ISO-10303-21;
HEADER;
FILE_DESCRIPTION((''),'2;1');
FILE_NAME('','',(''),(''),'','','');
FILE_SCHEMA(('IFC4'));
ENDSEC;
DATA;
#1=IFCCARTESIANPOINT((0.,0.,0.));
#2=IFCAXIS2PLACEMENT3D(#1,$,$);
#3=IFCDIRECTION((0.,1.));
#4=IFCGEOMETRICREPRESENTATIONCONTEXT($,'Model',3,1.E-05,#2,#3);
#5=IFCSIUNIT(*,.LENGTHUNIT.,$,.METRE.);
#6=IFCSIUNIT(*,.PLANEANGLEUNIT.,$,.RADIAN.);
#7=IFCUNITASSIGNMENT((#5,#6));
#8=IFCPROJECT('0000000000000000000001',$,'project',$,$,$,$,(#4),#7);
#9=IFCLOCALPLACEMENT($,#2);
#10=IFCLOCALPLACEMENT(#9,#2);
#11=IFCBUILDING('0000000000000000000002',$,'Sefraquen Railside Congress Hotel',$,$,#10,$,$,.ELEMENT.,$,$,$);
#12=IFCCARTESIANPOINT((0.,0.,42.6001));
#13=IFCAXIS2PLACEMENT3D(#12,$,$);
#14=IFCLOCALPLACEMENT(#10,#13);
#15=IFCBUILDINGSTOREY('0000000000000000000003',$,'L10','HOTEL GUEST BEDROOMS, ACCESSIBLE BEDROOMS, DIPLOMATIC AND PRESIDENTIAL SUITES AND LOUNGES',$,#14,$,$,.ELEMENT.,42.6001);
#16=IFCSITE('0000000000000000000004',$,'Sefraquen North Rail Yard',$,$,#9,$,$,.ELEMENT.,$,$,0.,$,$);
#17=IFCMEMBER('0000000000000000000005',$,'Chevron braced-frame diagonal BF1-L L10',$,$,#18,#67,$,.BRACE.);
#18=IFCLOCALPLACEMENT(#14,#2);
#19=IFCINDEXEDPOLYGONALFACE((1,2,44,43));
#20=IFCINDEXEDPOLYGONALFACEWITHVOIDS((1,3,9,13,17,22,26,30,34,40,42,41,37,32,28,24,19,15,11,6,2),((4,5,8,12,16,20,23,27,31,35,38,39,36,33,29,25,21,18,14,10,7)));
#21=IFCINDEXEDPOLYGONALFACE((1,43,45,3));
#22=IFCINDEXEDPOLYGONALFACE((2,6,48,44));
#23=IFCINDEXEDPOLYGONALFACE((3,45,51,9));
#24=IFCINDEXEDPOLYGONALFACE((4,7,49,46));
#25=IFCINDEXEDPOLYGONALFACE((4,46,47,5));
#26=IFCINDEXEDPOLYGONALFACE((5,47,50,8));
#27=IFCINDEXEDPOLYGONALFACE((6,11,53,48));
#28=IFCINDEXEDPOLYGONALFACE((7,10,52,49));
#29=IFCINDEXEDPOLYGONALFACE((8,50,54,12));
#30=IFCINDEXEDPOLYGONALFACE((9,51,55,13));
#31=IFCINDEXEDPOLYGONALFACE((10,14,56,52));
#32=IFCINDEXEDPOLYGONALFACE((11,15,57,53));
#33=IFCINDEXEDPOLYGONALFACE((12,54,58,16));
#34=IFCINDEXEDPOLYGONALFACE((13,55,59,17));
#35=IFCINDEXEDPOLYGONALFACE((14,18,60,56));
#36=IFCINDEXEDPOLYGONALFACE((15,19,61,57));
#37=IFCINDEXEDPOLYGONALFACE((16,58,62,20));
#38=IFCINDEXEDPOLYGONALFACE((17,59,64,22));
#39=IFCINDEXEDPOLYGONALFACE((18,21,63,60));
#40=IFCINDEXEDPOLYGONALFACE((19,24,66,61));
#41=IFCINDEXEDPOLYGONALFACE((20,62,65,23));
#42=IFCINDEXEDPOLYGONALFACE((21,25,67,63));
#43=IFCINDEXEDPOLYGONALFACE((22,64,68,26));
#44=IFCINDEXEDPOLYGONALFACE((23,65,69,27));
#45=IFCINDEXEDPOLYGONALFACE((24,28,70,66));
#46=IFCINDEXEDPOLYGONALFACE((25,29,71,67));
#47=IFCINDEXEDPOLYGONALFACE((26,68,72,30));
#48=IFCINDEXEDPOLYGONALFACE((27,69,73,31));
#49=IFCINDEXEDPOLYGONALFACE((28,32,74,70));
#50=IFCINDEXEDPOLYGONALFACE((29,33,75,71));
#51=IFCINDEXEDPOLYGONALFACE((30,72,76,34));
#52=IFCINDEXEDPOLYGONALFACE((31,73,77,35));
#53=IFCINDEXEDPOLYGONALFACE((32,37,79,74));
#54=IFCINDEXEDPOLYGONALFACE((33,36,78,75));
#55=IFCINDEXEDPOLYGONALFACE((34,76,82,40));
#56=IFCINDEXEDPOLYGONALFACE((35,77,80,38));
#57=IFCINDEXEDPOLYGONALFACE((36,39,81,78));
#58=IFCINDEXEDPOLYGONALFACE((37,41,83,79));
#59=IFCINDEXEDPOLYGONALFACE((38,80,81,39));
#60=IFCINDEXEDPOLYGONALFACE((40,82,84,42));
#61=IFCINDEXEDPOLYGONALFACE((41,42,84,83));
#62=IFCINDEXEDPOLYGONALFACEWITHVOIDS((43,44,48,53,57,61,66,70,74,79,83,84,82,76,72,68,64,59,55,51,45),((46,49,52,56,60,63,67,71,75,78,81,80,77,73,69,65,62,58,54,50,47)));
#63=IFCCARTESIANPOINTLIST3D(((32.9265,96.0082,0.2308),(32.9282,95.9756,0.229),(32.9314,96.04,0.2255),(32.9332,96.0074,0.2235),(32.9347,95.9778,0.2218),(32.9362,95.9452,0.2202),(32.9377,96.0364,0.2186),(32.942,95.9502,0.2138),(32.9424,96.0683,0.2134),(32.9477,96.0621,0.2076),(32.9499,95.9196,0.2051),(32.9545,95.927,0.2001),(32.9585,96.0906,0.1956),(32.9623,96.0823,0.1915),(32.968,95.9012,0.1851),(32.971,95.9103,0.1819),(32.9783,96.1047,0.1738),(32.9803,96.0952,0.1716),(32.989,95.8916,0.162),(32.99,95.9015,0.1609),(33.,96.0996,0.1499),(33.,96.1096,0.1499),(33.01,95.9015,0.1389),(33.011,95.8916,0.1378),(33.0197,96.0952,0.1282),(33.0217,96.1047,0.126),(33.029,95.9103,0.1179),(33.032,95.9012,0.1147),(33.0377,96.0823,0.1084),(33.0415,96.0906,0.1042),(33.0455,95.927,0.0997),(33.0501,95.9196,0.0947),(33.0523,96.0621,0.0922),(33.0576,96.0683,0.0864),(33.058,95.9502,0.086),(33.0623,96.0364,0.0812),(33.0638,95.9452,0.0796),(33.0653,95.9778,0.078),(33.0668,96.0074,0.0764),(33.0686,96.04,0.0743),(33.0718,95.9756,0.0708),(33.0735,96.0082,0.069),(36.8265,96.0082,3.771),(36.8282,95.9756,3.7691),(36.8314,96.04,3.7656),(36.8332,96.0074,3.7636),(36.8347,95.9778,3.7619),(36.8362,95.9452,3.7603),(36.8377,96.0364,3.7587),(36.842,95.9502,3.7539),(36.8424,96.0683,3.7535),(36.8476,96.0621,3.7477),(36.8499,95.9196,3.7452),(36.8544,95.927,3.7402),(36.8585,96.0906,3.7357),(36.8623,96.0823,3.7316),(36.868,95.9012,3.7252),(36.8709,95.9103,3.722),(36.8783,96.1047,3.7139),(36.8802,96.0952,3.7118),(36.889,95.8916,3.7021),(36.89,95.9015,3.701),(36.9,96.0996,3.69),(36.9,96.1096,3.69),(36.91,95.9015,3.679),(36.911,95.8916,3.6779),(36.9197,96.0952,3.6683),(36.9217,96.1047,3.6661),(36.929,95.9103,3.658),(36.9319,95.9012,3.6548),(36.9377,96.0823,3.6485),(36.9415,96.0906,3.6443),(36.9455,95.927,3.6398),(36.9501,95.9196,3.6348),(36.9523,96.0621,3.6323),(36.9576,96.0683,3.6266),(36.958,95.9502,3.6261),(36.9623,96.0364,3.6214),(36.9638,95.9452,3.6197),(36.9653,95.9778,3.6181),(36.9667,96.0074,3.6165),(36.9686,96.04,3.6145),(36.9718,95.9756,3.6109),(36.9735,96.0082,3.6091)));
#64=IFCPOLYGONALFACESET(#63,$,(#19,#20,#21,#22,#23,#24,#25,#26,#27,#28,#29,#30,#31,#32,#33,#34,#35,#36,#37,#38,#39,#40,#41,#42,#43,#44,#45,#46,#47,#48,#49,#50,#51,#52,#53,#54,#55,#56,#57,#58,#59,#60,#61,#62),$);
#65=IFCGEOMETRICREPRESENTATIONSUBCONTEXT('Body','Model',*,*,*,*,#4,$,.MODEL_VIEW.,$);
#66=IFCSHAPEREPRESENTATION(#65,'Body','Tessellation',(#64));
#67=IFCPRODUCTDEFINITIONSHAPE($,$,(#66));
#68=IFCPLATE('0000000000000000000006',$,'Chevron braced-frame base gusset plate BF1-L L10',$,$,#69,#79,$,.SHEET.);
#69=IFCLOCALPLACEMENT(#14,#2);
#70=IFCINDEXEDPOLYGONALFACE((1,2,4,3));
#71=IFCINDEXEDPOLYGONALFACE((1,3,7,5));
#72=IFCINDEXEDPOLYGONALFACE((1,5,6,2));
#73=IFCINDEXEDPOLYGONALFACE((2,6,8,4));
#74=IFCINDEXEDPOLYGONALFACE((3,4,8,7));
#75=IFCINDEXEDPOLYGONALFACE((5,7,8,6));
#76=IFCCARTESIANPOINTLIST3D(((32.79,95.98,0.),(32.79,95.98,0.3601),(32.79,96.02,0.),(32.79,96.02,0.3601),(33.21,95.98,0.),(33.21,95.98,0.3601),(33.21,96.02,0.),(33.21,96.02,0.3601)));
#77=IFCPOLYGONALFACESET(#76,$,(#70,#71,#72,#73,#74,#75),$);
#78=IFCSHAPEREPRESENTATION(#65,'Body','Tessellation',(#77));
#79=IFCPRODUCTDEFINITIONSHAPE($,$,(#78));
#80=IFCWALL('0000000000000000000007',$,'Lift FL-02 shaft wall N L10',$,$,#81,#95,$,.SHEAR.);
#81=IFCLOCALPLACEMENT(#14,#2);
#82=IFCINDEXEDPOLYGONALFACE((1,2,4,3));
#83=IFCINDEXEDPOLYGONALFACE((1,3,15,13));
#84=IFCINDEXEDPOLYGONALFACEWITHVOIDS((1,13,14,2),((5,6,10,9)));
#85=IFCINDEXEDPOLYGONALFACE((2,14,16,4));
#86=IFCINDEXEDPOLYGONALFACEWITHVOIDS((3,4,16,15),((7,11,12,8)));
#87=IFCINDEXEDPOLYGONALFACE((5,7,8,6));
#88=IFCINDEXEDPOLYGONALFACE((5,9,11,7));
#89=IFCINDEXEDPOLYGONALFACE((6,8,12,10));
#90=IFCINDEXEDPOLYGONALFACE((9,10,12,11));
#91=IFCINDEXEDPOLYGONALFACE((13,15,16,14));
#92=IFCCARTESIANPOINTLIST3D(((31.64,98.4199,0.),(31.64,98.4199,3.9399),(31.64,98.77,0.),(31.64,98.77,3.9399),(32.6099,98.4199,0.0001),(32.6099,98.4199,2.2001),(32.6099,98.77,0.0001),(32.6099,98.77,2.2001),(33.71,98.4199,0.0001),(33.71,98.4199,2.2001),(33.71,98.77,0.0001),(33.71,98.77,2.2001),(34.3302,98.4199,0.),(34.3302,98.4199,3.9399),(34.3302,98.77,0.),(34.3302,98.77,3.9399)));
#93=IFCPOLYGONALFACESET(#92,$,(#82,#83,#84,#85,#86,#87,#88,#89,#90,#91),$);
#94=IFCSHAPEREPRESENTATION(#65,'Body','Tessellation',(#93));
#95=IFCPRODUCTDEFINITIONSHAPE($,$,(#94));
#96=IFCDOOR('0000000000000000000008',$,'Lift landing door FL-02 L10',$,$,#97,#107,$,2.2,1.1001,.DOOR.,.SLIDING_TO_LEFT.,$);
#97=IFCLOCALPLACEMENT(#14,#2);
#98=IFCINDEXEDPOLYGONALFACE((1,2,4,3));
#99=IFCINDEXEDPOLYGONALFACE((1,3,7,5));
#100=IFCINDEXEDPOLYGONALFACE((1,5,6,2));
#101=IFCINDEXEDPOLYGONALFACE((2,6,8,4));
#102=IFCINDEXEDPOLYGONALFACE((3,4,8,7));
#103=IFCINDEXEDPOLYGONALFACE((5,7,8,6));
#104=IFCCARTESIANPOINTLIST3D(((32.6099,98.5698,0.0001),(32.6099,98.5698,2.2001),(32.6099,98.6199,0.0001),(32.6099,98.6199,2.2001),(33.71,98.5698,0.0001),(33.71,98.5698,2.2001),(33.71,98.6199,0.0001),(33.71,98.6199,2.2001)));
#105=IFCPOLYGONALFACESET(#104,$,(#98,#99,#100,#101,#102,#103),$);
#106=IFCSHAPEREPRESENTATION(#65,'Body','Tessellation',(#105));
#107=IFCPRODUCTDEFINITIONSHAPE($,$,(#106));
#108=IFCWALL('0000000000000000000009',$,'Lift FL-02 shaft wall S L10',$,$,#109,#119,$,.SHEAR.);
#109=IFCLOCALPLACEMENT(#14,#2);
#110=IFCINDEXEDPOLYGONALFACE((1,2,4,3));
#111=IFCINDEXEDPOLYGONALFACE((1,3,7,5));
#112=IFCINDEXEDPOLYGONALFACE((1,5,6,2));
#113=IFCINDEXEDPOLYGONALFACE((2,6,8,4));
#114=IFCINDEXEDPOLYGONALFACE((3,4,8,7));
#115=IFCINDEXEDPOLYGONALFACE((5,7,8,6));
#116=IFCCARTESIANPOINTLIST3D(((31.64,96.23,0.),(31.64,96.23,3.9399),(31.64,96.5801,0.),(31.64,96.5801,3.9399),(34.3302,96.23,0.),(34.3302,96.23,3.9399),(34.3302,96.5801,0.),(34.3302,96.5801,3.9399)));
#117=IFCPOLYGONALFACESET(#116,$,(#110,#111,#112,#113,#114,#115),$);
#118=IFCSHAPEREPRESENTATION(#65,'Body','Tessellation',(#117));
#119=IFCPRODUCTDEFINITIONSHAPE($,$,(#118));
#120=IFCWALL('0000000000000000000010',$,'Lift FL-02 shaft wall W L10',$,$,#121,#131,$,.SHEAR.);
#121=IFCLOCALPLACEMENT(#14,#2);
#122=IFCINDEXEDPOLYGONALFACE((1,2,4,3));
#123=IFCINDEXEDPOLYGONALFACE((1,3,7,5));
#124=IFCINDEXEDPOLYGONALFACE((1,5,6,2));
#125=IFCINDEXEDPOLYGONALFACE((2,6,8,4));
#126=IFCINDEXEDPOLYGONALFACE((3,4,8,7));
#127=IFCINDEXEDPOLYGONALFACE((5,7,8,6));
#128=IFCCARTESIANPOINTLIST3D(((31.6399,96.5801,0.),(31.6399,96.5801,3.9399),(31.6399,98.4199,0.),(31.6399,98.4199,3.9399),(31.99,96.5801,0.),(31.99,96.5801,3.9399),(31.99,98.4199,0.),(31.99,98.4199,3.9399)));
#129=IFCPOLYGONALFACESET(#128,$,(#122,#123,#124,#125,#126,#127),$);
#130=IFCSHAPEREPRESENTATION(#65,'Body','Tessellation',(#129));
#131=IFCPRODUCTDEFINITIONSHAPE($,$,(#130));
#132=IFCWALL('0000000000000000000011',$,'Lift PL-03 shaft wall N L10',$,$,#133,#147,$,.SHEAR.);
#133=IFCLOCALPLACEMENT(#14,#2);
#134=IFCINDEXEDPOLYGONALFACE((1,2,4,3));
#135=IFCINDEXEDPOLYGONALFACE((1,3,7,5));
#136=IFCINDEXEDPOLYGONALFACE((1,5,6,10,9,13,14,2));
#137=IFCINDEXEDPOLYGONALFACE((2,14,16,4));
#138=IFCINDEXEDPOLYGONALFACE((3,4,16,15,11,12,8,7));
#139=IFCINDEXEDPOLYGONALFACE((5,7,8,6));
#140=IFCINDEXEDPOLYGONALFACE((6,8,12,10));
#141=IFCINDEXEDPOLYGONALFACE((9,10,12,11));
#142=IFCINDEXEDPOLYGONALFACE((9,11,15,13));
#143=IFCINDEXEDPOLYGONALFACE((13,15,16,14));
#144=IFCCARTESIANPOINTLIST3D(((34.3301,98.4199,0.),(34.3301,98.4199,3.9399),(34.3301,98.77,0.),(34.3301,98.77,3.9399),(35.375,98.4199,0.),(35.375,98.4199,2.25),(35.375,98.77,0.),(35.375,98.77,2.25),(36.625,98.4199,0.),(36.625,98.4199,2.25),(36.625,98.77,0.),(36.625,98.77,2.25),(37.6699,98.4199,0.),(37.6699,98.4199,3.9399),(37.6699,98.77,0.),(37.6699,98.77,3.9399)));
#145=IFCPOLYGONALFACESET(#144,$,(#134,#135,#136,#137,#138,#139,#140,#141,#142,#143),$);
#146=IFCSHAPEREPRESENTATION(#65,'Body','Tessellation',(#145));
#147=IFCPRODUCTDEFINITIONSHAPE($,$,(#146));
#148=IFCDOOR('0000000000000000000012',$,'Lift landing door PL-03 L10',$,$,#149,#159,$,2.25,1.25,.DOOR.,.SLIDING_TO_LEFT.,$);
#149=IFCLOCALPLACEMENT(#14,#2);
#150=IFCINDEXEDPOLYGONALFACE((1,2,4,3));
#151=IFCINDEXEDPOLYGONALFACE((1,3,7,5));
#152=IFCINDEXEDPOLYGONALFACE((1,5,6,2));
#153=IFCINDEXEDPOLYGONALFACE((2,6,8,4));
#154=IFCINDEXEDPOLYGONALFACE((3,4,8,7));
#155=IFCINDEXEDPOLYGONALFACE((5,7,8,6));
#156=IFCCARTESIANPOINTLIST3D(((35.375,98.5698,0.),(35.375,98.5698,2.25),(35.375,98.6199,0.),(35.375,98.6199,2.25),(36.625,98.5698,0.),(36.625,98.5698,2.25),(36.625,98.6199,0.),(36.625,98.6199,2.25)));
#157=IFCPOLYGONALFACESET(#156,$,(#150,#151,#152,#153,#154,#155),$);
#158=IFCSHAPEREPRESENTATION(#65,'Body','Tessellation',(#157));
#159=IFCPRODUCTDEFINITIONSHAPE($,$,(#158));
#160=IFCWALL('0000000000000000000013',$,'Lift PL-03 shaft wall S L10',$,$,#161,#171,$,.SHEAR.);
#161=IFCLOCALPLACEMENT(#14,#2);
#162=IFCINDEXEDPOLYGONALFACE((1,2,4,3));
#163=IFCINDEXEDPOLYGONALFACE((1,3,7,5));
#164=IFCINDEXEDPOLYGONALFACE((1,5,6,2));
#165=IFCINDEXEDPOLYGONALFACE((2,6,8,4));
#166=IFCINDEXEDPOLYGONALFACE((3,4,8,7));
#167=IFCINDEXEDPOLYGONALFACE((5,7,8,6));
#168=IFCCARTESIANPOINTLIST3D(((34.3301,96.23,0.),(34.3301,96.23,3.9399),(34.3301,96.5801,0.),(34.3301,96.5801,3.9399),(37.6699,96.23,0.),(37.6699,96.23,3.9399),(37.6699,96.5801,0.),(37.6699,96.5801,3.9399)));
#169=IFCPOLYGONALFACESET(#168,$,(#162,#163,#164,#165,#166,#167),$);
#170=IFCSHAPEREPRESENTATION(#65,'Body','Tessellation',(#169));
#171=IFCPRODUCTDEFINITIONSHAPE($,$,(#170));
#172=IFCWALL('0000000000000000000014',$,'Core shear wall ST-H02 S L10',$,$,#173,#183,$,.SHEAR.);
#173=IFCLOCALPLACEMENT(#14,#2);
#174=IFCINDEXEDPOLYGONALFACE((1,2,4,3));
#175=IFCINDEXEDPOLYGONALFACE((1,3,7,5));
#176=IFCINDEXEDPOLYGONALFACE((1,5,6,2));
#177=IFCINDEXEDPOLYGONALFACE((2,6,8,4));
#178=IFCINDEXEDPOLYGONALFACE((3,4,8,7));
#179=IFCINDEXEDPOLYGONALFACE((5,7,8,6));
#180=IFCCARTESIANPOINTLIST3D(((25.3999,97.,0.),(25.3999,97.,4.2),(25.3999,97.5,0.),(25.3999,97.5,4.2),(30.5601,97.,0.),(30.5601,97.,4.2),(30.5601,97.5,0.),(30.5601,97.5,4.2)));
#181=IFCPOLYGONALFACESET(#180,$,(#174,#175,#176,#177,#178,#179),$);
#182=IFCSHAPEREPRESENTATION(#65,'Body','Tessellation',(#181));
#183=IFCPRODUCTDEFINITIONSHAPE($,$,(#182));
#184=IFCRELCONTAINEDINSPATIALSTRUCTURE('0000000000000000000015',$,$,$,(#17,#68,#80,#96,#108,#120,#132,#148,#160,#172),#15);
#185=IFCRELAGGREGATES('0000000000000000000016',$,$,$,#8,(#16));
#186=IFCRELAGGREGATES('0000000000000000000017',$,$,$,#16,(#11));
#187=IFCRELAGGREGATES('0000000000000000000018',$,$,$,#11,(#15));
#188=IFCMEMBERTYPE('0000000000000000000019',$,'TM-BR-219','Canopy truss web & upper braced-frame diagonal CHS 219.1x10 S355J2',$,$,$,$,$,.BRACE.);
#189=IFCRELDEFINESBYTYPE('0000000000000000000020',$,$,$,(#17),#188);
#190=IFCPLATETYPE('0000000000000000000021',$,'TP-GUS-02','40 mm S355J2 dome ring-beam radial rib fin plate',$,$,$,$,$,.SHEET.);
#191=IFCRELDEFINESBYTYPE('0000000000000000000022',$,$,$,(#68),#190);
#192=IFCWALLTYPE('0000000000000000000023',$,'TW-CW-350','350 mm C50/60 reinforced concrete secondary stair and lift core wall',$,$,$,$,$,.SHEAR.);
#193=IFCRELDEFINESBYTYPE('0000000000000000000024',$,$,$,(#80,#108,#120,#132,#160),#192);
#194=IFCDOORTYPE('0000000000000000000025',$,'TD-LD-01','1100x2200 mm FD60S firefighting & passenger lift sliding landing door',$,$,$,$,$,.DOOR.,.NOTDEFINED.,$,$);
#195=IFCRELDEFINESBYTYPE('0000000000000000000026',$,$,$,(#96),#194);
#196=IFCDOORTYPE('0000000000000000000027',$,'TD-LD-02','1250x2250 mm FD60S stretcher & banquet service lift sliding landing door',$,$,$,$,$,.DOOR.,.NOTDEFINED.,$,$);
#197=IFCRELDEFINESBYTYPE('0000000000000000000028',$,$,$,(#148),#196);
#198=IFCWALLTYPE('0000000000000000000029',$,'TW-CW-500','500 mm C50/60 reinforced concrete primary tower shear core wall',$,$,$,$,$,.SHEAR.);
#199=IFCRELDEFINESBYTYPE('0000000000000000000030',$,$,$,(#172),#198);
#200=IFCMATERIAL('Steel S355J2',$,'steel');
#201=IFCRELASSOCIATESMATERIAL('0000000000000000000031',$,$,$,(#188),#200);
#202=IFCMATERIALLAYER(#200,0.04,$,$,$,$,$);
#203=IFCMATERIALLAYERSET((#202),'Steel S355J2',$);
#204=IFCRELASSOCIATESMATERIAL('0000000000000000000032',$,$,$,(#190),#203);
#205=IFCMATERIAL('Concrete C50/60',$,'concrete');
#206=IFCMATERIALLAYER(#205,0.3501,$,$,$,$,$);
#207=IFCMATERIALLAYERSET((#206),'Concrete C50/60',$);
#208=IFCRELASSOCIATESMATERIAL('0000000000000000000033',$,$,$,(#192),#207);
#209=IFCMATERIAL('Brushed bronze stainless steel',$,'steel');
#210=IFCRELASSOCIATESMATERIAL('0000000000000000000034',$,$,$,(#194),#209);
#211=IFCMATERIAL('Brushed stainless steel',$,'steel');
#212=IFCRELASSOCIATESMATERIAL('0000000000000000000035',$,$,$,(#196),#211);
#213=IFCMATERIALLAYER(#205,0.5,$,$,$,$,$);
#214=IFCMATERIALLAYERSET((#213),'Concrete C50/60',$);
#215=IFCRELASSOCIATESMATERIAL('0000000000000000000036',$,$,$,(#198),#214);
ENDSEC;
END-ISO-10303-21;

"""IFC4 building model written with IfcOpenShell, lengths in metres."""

from ifc_helpers import new_model, si_unit, direction, frame, frame_2d, origin, origin_2d, place, context, subcontext, project, spatial, rectangle, hollow_circle, extrude, material, layer, layer_set, material_profile, profile_set, type_object, element, fill, save


model = new_model("IFC4")

# Units and contexts
model_context = context("Model", 3, precision=1e-05, world=origin(), true_north=direction((0.0, 1.0)))
body_context = subcontext(model_context, "Body", "Model", "MODEL_VIEW")
ifc_project = project(units=[si_unit("LENGTHUNIT", "METRE"), si_unit("PLANEANGLEUNIT", "RADIAN")], contexts=[model_context])

# Site, building, storey
site_placement = place(None, origin())
site = spatial("IfcSite", under=ifc_project, at=site_placement, Name="Sefraquen North Rail Yard", CompositionType="ELEMENT", RefElevation=0.0)
building_placement = place(site_placement, origin())
building = spatial("IfcBuilding", under=site, at=building_placement, Name="Sefraquen Railside Congress Hotel", CompositionType="ELEMENT")
storey_placement = place(building_placement, frame((0.0, 0.0, 42.6001)))
storey = spatial("IfcBuildingStorey", under=building, at=storey_placement, Name="L10", Description="HOTEL GUEST BEDROOMS, ACCESSIBLE BEDROOMS, DIPLOMATIC AND PRESIDENTIAL SUITES AND LOUNGES", CompositionType="ELEMENT", Elevation=42.6001)

# Member
ifc_material_1 = material(Name="Steel S355J2", Category="steel")
ifc_material_profile_1 = material_profile(ifc_material_1, hollow_circle(Radius=0.1096, WallThickness=0.01, at=origin_2d()), Name="CHS 219.1x10")
ifc_profile_set_1 = profile_set([ifc_material_profile_1], Name="Steel S355J2")
member_type = type_object("IfcMemberType", Name="TM-BR-219", Description="Canopy truss web & upper braced-frame diagonal CHS 219.1x10 S355J2", PredefinedType="BRACE", material=ifc_profile_set_1)
member_placement = place(storey_placement, frame((33.0, 96.0, 0.1499), z_axis=(0.740443, 0.0, 0.672119), x_axis=(0.0, 1.0, 0.0)))
element("IfcMember", 1, at=member_placement, inside=storey, type_object=member_type, Name="Chevron braced-frame diagonal BF1-L L10", PredefinedType="BRACE", context=body_context, shape_type="SweptSolid", body=[
    extrude(hollow_circle(Radius=0.1096, WallThickness=0.01, at=origin_2d()), origin(), (0.0, 0.0, 1.0), 5.2671),
])

# Plate
ifc_layer_1 = layer(ifc_material_1, 0.04)
ifc_layer_set_1 = layer_set([ifc_layer_1], Name="Steel S355J2")
plate_type = type_object("IfcPlateType", Name="TP-GUS-02", Description="40 mm S355J2 dome ring-beam radial rib fin plate", PredefinedType="SHEET", material=ifc_layer_set_1)
plate_placement = place(storey_placement, frame((33.0, 96.0, 0.0), z_axis=(0.0, 0.0, 1.0), x_axis=(1.0, 0.0, 0.0)))
element("IfcPlate", 2, at=plate_placement, inside=storey, type_object=plate_type, Name="Chevron braced-frame base gusset plate BF1-L L10", PredefinedType="SHEET", context=body_context, shape_type="SweptSolid", body=[
    extrude(rectangle(XDim=0.4199, YDim=0.04, at=origin_2d()), origin(), (0.0, 0.0, 1.0), 0.3601),
])

# Wall, opening, door
ifc_material_2 = material(Name="Concrete C50/60", Category="concrete")
ifc_layer_2 = layer(ifc_material_2, 0.3501)
ifc_layer_set_2 = layer_set([ifc_layer_2], Name="Concrete C50/60")
wall_type_1 = type_object("IfcWallType", Name="TW-CW-350", Description="350 mm C50/60 reinforced concrete secondary stair and lift core wall", PredefinedType="SHEAR", material=ifc_layer_set_2)
wall_1_placement = place(storey_placement, frame((31.6399, 98.595, 0.0), z_axis=(0.0, 0.0, 1.0), x_axis=(1.0, 0.0, 0.0)))
wall_1 = element("IfcWall", 3, at=wall_1_placement, inside=storey, type_object=wall_type_1, Name="Lift FL-02 shaft wall N L10", PredefinedType="SHEAR", context=body_context, shape_type="SweptSolid", body=[
    extrude(rectangle(XDim=2.6902, YDim=0.3501, at=frame_2d((1.3452, 0.0))), origin(), (0.0, 0.0, 1.0), 3.9399),
])
opening_1_placement = place(wall_1_placement, frame((0.97, 0.0, 0.0)))
opening_1 = element("IfcOpeningElement", 4, at=opening_1_placement, cuts=wall_1, PredefinedType="OPENING", context=body_context, shape_type="SweptSolid", body=[
    extrude(rectangle(XDim=1.1001, YDim=2.2, at=frame_2d((0.55, 1.1001))), frame((0.0, 0.1851, 0.0), z_axis=(0.0, -1.0, 0.0), x_axis=(1.0, 0.0, 0.0)), (0.0, 0.0, 1.0), 0.3701),
])
ifc_material_3 = material(Name="Brushed bronze stainless steel", Category="steel")
door_type_1 = type_object("IfcDoorType", Name="TD-LD-01", Description="1100x2200 mm FD60S firefighting & passenger lift sliding landing door", OperationType="NOTDEFINED", PredefinedType="DOOR", material=ifc_material_3)
door_1_placement = place(opening_1_placement, origin())
door_1 = element("IfcDoor", 5, at=door_1_placement, inside=storey, type_object=door_type_1, Name="Lift landing door FL-02 L10", OperationType="SLIDING_TO_LEFT", OverallHeight=2.2, OverallWidth=1.1001, PredefinedType="DOOR", context=body_context, shape_type="SweptSolid", body=[
    extrude(rectangle(XDim=1.1001, YDim=2.2, at=frame_2d((0.55, 1.1001))), frame((0.0, 0.0249, 0.0), z_axis=(0.0, -1.0, 0.0), x_axis=(1.0, 0.0, 0.0)), (0.0, 0.0, 1.0), 0.05),
])
fill(opening_1, door_1)

# Walls
wall_2_placement = place(storey_placement, frame((31.6399, 96.405, 0.0), z_axis=(0.0, 0.0, 1.0), x_axis=(1.0, 0.0, 0.0)))
element("IfcWall", 6, at=wall_2_placement, inside=storey, type_object=wall_type_1, Name="Lift FL-02 shaft wall S L10", PredefinedType="SHEAR", context=body_context, shape_type="SweptSolid", body=[
    extrude(rectangle(XDim=2.6902, YDim=0.3501, at=frame_2d((1.3452, 0.0))), origin(), (0.0, 0.0, 1.0), 3.9399),
])
wall_3_placement = place(storey_placement, frame((31.8149, 96.5801, 0.0), z_axis=(0.0, 0.0, 1.0), x_axis=(0.0, 1.0, 0.0)))
element("IfcWall", 7, at=wall_3_placement, inside=storey, type_object=wall_type_1, Name="Lift FL-02 shaft wall W L10", PredefinedType="SHEAR", context=body_context, shape_type="SweptSolid", body=[
    extrude(rectangle(XDim=1.8398, YDim=0.3501, at=frame_2d((0.9199, 0.0))), origin(), (0.0, 0.0, 1.0), 3.9399),
])

# Wall, opening, door
wall_4_placement = place(storey_placement, frame((34.3301, 98.595, 0.0), z_axis=(0.0, 0.0, 1.0), x_axis=(1.0, 0.0, 0.0)))
wall_4 = element("IfcWall", 8, at=wall_4_placement, inside=storey, type_object=wall_type_1, Name="Lift PL-03 shaft wall N L10", PredefinedType="SHEAR", context=body_context, shape_type="SweptSolid", body=[
    extrude(rectangle(XDim=3.3398, YDim=0.3501, at=frame_2d((1.6699, 0.0))), origin(), (0.0, 0.0, 1.0), 3.9399),
])
opening_2_placement = place(wall_4_placement, frame((1.0449, 0.0, 0.0)))
opening_2 = element("IfcOpeningElement", 9, at=opening_2_placement, cuts=wall_4, PredefinedType="OPENING", context=body_context, shape_type="SweptSolid", body=[
    extrude(rectangle(XDim=1.25, YDim=2.25, at=frame_2d((0.625, 1.125))), frame((0.0, 0.1851, 0.0), z_axis=(0.0, -1.0, 0.0), x_axis=(1.0, 0.0, 0.0)), (0.0, 0.0, 1.0), 0.3701),
])
ifc_material_4 = material(Name="Brushed stainless steel", Category="steel")
door_type_2 = type_object("IfcDoorType", Name="TD-LD-02", Description="1250x2250 mm FD60S stretcher & banquet service lift sliding landing door", OperationType="NOTDEFINED", PredefinedType="DOOR", material=ifc_material_4)
door_2_placement = place(opening_2_placement, origin())
door_2 = element("IfcDoor", 10, at=door_2_placement, inside=storey, type_object=door_type_2, Name="Lift landing door PL-03 L10", OperationType="SLIDING_TO_LEFT", OverallHeight=2.25, OverallWidth=1.25, PredefinedType="DOOR", context=body_context, shape_type="SweptSolid", body=[
    extrude(rectangle(XDim=1.25, YDim=2.25, at=frame_2d((0.625, 1.125))), frame((0.0, 0.0249, 0.0), z_axis=(0.0, -1.0, 0.0), x_axis=(1.0, 0.0, 0.0)), (0.0, 0.0, 1.0), 0.05),
])
fill(opening_2, door_2)

# Walls
wall_5_placement = place(storey_placement, frame((34.3301, 96.405, 0.0), z_axis=(0.0, 0.0, 1.0), x_axis=(1.0, 0.0, 0.0)))
element("IfcWall", 11, at=wall_5_placement, inside=storey, type_object=wall_type_1, Name="Lift PL-03 shaft wall S L10", PredefinedType="SHEAR", context=body_context, shape_type="SweptSolid", body=[
    extrude(rectangle(XDim=3.3398, YDim=0.3501, at=frame_2d((1.6699, 0.0))), origin(), (0.0, 0.0, 1.0), 3.9399),
])
ifc_layer_3 = layer(ifc_material_2, 0.5)
ifc_layer_set_3 = layer_set([ifc_layer_3], Name="Concrete C50/60")
wall_type_2 = type_object("IfcWallType", Name="TW-CW-500", Description="500 mm C50/60 reinforced concrete primary tower shear core wall", PredefinedType="SHEAR", material=ifc_layer_set_3)
wall_6_placement = place(storey_placement, frame((25.3999, 97.25, 0.0), z_axis=(0.0, 0.0, 1.0), x_axis=(1.0, 0.0, 0.0)))
element("IfcWall", 12, at=wall_6_placement, inside=storey, type_object=wall_type_2, Name="Core shear wall ST-H02 S L10", PredefinedType="SHEAR", context=body_context, shape_type="SweptSolid", body=[
    extrude(rectangle(XDim=5.1602, YDim=0.5, at=frame_2d((2.5801, 0.0))), origin(), (0.0, 0.0, 1.0), 4.2),
])

save(model, "model.ifc")
